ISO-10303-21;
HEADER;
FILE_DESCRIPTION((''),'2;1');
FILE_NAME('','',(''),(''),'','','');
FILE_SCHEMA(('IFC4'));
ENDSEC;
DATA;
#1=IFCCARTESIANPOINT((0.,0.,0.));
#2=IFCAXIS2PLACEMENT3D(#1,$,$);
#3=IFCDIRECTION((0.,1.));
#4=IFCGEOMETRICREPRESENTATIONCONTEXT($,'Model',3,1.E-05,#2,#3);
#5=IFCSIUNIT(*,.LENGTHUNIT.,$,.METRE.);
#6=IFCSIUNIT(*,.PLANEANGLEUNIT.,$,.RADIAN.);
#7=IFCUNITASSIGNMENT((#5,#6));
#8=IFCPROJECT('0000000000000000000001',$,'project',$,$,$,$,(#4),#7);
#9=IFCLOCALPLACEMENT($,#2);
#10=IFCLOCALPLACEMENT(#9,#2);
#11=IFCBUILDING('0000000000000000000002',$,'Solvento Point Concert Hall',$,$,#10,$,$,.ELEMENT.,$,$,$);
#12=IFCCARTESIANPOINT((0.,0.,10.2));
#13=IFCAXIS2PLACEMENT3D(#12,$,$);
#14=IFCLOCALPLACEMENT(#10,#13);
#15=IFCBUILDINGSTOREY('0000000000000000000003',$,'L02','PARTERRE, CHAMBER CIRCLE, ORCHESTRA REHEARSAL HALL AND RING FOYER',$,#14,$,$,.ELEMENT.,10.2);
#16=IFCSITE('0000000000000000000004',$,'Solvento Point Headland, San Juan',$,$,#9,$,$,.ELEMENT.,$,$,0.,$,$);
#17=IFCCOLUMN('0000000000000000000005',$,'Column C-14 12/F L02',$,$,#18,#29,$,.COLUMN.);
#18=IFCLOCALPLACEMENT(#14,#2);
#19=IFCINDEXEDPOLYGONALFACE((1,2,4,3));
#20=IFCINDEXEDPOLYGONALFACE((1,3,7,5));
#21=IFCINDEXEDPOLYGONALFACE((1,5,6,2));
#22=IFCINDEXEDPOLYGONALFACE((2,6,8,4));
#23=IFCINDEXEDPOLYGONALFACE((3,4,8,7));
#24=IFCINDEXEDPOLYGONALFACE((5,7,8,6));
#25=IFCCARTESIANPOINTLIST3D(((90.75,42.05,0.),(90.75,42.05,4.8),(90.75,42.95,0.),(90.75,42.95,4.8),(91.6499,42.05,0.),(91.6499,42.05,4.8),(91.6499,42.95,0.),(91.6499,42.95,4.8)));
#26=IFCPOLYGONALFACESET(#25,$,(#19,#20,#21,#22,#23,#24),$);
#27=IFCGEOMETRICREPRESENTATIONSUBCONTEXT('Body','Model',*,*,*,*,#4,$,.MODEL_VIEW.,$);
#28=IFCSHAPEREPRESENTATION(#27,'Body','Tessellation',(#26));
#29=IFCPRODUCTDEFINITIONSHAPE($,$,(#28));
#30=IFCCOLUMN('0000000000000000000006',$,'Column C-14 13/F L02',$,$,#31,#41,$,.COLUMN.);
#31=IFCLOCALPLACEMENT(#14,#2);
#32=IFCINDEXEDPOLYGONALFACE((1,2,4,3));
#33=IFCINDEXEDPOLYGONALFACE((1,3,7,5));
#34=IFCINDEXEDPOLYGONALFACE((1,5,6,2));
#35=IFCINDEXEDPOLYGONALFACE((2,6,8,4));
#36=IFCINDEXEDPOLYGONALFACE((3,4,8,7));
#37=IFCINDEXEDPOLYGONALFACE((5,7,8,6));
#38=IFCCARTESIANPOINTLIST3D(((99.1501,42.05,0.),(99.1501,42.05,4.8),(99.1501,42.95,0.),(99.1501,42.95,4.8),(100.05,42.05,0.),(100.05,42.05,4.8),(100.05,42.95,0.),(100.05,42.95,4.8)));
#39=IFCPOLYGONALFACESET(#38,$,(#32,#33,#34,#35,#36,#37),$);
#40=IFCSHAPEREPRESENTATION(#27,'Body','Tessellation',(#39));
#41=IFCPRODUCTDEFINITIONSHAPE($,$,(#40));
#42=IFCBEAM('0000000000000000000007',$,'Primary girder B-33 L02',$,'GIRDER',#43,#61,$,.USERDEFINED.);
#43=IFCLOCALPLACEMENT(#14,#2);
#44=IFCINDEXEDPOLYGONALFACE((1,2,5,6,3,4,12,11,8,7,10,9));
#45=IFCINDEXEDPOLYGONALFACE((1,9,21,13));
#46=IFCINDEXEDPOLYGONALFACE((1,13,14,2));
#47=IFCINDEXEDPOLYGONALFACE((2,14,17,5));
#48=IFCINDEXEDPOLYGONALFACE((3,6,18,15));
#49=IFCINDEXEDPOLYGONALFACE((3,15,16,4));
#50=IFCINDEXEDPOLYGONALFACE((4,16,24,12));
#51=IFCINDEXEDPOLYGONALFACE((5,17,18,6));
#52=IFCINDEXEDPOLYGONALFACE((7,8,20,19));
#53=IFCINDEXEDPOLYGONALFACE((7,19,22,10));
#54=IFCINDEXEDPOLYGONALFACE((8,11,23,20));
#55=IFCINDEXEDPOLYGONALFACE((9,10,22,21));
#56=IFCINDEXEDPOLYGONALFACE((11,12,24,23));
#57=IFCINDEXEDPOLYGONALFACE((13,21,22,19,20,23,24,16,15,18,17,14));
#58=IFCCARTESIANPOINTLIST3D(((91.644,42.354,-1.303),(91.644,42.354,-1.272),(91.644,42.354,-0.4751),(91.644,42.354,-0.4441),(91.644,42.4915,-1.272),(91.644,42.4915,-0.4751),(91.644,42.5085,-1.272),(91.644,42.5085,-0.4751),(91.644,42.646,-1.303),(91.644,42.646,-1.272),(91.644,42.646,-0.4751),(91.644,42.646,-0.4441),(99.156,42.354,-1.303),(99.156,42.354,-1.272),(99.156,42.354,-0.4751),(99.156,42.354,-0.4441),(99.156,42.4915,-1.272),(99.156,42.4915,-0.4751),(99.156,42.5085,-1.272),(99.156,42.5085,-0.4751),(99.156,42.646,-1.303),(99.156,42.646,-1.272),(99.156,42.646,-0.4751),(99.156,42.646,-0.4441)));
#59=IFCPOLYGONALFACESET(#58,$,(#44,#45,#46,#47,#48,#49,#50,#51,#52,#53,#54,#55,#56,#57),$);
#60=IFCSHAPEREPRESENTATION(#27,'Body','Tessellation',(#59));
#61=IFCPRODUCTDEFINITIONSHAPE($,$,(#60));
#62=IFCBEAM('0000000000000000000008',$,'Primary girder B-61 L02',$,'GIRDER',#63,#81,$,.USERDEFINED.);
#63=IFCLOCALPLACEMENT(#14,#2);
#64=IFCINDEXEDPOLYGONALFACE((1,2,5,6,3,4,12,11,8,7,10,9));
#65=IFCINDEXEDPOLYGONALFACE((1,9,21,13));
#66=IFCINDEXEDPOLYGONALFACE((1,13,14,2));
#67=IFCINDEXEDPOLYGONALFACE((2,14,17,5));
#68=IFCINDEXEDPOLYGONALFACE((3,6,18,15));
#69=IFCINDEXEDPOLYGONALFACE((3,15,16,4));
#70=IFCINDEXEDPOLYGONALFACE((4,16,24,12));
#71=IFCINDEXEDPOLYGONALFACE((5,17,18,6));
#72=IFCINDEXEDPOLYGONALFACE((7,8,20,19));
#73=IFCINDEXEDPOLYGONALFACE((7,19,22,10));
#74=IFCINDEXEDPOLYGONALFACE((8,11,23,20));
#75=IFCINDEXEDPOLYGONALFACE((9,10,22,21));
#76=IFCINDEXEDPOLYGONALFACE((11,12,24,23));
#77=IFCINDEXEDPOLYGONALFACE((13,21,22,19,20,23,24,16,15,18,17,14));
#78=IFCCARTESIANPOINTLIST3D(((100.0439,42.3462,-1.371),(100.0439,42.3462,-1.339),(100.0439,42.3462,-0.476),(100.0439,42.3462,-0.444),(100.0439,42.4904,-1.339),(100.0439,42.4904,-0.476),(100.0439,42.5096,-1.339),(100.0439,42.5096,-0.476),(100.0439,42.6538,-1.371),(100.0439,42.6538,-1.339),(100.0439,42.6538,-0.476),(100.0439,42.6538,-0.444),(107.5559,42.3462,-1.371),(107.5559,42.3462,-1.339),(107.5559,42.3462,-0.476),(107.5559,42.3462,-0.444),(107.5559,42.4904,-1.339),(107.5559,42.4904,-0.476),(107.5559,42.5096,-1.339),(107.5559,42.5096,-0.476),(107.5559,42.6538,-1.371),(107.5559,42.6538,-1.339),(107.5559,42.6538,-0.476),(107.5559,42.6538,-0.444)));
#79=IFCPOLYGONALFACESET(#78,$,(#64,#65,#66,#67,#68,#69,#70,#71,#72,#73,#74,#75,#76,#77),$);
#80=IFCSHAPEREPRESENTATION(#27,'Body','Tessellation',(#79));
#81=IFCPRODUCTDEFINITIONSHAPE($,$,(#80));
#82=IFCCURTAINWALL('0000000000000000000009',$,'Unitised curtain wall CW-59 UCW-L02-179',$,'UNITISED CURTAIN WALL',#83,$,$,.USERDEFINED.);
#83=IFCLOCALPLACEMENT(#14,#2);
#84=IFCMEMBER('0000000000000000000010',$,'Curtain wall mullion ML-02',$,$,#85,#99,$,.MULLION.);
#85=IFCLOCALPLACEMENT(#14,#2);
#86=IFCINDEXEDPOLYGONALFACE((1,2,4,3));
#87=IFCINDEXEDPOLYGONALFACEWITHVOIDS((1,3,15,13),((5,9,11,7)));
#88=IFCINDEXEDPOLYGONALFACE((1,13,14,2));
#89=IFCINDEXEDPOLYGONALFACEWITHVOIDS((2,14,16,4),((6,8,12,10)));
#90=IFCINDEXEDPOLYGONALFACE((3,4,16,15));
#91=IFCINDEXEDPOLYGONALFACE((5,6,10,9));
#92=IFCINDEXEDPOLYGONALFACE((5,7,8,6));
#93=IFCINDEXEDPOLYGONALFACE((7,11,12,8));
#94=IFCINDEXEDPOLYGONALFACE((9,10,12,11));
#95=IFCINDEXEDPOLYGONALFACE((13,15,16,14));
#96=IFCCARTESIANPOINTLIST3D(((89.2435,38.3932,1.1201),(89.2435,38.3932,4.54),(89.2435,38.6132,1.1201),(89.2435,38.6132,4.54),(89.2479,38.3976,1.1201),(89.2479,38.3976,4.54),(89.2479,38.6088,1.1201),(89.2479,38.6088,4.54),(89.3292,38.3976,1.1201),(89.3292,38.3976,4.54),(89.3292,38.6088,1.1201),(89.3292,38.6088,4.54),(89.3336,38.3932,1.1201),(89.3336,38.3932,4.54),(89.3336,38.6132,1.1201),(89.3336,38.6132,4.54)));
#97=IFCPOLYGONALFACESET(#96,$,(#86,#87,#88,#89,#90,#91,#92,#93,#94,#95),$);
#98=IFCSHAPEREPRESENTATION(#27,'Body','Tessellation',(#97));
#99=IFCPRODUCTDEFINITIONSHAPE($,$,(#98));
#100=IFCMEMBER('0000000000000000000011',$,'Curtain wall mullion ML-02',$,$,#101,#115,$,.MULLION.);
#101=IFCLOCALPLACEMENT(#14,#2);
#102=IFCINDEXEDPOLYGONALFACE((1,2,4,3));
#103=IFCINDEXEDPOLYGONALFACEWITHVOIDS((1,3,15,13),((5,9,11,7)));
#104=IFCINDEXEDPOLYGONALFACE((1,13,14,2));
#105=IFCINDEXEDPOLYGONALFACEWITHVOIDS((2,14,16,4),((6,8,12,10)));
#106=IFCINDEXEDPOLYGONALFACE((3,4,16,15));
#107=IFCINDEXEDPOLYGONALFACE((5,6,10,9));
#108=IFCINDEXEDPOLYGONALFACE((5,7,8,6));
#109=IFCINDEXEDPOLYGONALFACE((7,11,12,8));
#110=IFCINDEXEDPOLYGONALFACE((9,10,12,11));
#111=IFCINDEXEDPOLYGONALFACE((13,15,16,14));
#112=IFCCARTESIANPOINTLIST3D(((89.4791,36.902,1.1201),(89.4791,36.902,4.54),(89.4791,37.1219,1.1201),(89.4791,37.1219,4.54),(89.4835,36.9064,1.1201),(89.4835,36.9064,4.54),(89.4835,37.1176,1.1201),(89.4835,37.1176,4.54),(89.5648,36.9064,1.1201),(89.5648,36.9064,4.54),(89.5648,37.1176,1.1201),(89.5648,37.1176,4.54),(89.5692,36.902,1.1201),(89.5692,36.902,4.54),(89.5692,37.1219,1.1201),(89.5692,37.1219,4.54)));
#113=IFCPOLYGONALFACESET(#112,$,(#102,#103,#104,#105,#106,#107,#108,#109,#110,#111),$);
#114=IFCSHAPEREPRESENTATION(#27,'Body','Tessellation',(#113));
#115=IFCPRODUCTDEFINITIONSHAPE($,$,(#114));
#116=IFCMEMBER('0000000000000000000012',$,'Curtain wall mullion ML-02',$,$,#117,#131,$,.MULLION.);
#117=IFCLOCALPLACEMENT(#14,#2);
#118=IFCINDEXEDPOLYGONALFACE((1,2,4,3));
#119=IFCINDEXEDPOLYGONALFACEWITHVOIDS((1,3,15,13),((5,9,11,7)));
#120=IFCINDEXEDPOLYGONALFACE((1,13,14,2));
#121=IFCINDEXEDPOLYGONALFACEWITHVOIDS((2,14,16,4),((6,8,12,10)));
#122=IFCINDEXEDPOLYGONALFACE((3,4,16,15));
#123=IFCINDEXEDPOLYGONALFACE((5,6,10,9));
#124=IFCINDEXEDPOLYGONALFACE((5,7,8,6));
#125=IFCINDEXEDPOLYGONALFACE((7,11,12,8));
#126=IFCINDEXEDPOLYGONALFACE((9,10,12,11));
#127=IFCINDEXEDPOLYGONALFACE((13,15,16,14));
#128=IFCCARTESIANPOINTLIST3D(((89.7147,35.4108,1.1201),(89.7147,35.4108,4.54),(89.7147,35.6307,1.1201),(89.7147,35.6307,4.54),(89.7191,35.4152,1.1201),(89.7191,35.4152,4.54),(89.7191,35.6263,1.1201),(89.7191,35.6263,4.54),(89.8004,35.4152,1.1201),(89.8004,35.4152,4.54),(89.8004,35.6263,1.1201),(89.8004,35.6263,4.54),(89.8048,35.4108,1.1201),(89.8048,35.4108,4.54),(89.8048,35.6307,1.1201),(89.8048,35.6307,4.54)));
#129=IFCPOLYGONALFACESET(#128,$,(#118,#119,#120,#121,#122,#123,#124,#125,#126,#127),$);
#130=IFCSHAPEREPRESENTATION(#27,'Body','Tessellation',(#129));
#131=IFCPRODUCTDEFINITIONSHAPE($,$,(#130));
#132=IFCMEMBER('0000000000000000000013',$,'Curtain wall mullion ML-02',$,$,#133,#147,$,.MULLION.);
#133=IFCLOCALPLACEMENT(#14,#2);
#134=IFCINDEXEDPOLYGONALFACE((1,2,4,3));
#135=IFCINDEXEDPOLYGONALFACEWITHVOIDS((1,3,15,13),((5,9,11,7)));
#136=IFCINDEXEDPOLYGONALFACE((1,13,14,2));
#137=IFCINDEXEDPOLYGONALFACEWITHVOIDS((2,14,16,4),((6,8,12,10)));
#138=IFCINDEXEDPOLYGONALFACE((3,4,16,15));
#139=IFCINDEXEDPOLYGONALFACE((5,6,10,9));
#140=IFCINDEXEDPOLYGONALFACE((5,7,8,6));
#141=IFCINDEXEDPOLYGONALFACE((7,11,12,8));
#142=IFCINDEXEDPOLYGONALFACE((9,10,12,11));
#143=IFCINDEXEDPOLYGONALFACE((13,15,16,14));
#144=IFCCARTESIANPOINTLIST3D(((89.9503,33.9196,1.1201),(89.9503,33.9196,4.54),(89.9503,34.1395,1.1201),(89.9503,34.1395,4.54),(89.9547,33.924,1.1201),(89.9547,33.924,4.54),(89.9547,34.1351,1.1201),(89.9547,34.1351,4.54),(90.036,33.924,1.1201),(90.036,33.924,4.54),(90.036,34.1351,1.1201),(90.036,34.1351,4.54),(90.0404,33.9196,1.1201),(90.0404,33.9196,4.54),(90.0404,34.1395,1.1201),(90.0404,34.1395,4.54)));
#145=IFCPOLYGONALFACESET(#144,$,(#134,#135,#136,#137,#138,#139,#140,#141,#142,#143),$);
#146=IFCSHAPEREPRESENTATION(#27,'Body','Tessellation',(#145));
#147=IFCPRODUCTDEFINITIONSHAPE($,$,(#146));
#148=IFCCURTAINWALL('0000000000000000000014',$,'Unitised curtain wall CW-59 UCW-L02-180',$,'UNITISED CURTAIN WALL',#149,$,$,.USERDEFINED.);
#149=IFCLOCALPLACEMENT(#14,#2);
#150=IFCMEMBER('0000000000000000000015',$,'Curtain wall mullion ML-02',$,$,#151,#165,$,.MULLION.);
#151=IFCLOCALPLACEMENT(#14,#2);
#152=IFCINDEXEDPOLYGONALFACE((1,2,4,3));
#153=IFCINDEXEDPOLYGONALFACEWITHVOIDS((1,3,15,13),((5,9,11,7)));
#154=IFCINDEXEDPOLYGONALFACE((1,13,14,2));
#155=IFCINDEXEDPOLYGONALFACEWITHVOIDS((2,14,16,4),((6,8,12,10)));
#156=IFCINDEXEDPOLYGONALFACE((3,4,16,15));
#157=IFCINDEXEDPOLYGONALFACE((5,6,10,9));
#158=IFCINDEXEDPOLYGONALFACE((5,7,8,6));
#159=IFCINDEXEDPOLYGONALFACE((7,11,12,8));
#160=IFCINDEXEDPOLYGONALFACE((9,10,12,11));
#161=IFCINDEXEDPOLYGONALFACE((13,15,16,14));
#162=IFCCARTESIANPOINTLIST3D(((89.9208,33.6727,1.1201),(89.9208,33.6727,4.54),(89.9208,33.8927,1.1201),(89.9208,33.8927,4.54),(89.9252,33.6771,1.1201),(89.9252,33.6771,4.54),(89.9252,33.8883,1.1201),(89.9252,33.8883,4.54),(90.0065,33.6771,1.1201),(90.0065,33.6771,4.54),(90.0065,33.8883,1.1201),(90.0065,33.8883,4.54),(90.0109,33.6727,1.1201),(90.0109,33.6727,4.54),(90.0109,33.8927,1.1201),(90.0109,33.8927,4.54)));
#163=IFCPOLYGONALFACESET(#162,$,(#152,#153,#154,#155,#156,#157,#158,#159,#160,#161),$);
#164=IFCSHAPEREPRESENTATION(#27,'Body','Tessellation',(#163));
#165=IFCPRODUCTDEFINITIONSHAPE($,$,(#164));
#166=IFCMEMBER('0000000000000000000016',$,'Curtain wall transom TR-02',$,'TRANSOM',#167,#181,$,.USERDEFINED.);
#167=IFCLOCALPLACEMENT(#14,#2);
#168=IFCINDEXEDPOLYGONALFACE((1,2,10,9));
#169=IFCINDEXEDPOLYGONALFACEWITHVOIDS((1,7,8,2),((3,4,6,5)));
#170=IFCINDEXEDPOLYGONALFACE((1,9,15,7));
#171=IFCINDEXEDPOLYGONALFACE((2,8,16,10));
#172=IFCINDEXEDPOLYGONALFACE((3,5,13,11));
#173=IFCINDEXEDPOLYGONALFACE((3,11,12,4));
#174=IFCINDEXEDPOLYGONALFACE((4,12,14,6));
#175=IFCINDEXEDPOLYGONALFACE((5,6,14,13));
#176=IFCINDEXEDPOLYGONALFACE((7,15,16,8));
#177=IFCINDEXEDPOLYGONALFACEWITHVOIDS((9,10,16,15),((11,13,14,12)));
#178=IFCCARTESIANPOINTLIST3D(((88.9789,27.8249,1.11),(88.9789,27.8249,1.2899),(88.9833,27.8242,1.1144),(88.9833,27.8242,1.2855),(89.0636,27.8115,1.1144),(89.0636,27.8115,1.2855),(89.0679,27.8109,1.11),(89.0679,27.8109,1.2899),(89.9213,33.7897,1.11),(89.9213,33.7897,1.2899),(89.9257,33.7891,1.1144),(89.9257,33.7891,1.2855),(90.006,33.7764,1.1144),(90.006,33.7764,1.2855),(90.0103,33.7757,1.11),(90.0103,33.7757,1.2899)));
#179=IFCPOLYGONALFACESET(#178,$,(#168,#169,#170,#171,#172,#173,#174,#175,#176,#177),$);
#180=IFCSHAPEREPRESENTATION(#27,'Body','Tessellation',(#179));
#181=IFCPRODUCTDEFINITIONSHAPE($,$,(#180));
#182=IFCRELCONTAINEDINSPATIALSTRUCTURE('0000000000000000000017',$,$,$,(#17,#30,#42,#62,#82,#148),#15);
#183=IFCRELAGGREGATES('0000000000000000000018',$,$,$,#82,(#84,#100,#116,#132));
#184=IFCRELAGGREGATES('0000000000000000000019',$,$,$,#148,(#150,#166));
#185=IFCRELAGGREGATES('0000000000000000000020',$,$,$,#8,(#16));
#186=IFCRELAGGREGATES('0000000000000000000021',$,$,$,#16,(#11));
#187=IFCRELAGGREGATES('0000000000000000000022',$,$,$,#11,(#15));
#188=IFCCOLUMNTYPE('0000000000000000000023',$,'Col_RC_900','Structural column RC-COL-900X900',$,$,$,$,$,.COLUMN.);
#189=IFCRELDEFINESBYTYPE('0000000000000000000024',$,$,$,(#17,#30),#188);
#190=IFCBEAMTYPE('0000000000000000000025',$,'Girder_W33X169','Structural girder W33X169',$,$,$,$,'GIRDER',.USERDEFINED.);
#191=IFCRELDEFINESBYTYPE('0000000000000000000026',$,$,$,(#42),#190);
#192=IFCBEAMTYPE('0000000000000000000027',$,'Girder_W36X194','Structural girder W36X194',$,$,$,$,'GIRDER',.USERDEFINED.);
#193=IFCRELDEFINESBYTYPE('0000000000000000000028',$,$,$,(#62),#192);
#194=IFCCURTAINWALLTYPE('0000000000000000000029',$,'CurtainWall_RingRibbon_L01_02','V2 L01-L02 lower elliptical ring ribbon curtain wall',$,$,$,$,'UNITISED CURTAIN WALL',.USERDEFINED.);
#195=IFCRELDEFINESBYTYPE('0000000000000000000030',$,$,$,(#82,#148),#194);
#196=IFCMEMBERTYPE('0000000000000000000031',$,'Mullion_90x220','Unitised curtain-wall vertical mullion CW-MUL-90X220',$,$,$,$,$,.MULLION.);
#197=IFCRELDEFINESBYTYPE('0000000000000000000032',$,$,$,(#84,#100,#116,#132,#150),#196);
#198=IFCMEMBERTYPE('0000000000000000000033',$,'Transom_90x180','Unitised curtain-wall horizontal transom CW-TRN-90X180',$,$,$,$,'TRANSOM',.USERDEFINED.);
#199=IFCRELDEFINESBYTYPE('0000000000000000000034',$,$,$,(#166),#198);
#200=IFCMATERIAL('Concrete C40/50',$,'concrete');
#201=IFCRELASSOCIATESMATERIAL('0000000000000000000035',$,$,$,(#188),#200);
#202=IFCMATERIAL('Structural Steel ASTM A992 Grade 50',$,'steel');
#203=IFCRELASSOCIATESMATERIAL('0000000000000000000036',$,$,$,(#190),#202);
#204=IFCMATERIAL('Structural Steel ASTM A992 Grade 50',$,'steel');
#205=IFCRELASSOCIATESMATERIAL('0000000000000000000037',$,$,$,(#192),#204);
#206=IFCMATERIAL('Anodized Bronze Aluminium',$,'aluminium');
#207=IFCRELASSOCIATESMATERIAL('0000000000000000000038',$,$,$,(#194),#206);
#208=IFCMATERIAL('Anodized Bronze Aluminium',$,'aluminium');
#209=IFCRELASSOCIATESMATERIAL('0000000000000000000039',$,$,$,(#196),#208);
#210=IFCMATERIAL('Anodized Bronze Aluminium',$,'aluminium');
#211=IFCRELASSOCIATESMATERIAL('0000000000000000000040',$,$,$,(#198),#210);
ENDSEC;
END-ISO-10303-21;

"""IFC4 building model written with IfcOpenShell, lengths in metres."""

from ifc_helpers import new_model, si_unit, direction, frame, origin, origin_2d, place, context, subcontext, project, spatial, rectangle, hollow_rectangle, i_section, extrude, material, material_profile, profile_set, type_object, element, aggregate, save


model = new_model("IFC4")

# Units and contexts
model_context = context("Model", 3, precision=1e-05, world=origin(), true_north=direction((0.0, 1.0)))
body_context = subcontext(model_context, "Body", "Model", "MODEL_VIEW")
ifc_project = project(units=[si_unit("LENGTHUNIT", "METRE"), si_unit("PLANEANGLEUNIT", "RADIAN")], contexts=[model_context])

# Site, building, storey
site_placement = place(None, origin())
site = spatial("IfcSite", under=ifc_project, at=site_placement, Name="Solvento Point Headland, San Juan", CompositionType="ELEMENT", RefElevation=0.0)
building_placement = place(site_placement, origin())
building = spatial("IfcBuilding", under=site, at=building_placement, Name="Solvento Point Concert Hall", CompositionType="ELEMENT")
storey_placement = place(building_placement, frame((0.0, 0.0, 10.2)))
storey = spatial("IfcBuildingStorey", under=building, at=storey_placement, Name="L02", Description="PARTERRE, CHAMBER CIRCLE, ORCHESTRA REHEARSAL HALL AND RING FOYER", CompositionType="ELEMENT", Elevation=10.2)

# Columns
ifc_material_1 = material(Name="Concrete C40/50", Category="concrete")
ifc_material_profile_1 = material_profile(ifc_material_1, rectangle(XDim=0.8999, YDim=0.8999, at=origin_2d()), Name="RC-COL-900X900")
ifc_profile_set_1 = profile_set([ifc_material_profile_1], Name="Concrete C40/50")
column_type = type_object("IfcColumnType", Name="Col_RC_900", Description="Structural column RC-COL-900X900", PredefinedType="COLUMN", material=ifc_profile_set_1)
for number, where, z_axis, x_axis, name in (
    (1, (91.2, 42.5, 0.0), (0.0, 0.0, 1.0), (1.0, 0.0, 0.0), "Column C-14 12/F L02"),
    (2, (99.6001, 42.5, 0.0), (0.0, 0.0, 1.0), (1.0, 0.0, 0.0), "Column C-14 13/F L02"),
):
    element("IfcColumn", number, at=place(storey_placement, frame(where, z_axis=z_axis, x_axis=x_axis)), inside=storey, type_object=column_type, Name=name, PredefinedType="COLUMN", context=body_context, shape_type="SweptSolid", body=[
        extrude(rectangle(XDim=0.8999, YDim=0.8999, at=origin_2d()), origin(), (0.0, 0.0, 1.0), 4.8),
    ])

# Beams
ifc_material_2 = material(Name="Structural Steel ASTM A992 Grade 50", Category="steel")
ifc_material_profile_2 = material_profile(ifc_material_2, i_section(OverallWidth=0.292, OverallDepth=0.8589, WebThickness=0.0171, FlangeThickness=0.031, at=origin_2d()), Name="W33X169")
ifc_profile_set_2 = profile_set([ifc_material_profile_2], Name="Structural Steel ASTM A992 Grade 50")
beam_type_1 = type_object("IfcBeamType", Name="Girder_W33X169", Description="Structural girder W33X169", ElementType="GIRDER", PredefinedType="USERDEFINED", material=ifc_profile_set_2)
beam_1_placement = place(storey_placement, frame((91.644, 42.5, -0.8735), z_axis=(1.0, 0.0, 0.0), x_axis=(0.0, 1.0, 0.0)))
element("IfcBeam", 3, at=beam_1_placement, inside=storey, type_object=beam_type_1, Name="Primary girder B-33 L02", ObjectType="GIRDER", PredefinedType="USERDEFINED", context=body_context, shape_type="SweptSolid", body=[
    extrude(i_section(OverallWidth=0.292, OverallDepth=0.8589, WebThickness=0.0171, FlangeThickness=0.031, at=origin_2d()), origin(), (0.0, 0.0, 1.0), 7.512),
])
ifc_material_3 = material(Name="Structural Steel ASTM A992 Grade 50", Category="steel")
ifc_material_profile_3 = material_profile(ifc_material_3, i_section(OverallWidth=0.3076, OverallDepth=0.927, WebThickness=0.0193, FlangeThickness=0.032, at=origin_2d()), Name="W36X194")
ifc_profile_set_3 = profile_set([ifc_material_profile_3], Name="Structural Steel ASTM A992 Grade 50")
beam_type_2 = type_object("IfcBeamType", Name="Girder_W36X194", Description="Structural girder W36X194", ElementType="GIRDER", PredefinedType="USERDEFINED", material=ifc_profile_set_3)
beam_2_placement = place(storey_placement, frame((100.0439, 42.5, -0.9075), z_axis=(1.0, 0.0, 0.0), x_axis=(0.0, 1.0, 0.0)))
element("IfcBeam", 4, at=beam_2_placement, inside=storey, type_object=beam_type_2, Name="Primary girder B-61 L02", ObjectType="GIRDER", PredefinedType="USERDEFINED", context=body_context, shape_type="SweptSolid", body=[
    extrude(i_section(OverallWidth=0.3076, OverallDepth=0.927, WebThickness=0.0193, FlangeThickness=0.032, at=origin_2d()), origin(), (0.0, 0.0, 1.0), 7.512),
])

# Curtain walls, members
ifc_material_4 = material(Name="Anodized Bronze Aluminium", Category="aluminium")
curtain_wall_type = type_object("IfcCurtainWallType", Name="CurtainWall_RingRibbon_L01_02", Description="V2 L01-L02 lower elliptical ring ribbon curtain wall", ElementType="UNITISED CURTAIN WALL", PredefinedType="USERDEFINED", material=ifc_material_4)
curtain_wall_1_placement = place(storey_placement, origin())
curtain_wall_1 = element("IfcCurtainWall", 5, at=curtain_wall_1_placement, inside=storey, type_object=curtain_wall_type, Name="Unitised curtain wall CW-59 UCW-L02-179", ObjectType="UNITISED CURTAIN WALL", PredefinedType="USERDEFINED")
ifc_material_5 = material(Name="Anodized Bronze Aluminium", Category="aluminium")
ifc_material_profile_4 = material_profile(ifc_material_5, hollow_rectangle(XDim=0.0901, YDim=0.22, WallThickness=0.0044, at=origin_2d()), Name="CW-MUL-90X220")
ifc_profile_set_4 = profile_set([ifc_material_profile_4], Name="Anodized Bronze Aluminium")
member_type_1 = type_object("IfcMemberType", Name="Mullion_90x220", Description="Unitised curtain-wall vertical mullion CW-MUL-90X220", PredefinedType="MULLION", material=ifc_profile_set_4)
member_1_placement = place(storey_placement, frame((89.2886, 38.5032, 1.1201), z_axis=(0.0, 0.0, 1.0), x_axis=(1.0, 0.0, 0.0)))
member_1 = element("IfcMember", 6, at=member_1_placement, type_object=member_type_1, Name="Curtain wall mullion ML-02", PredefinedType="MULLION", context=body_context, shape_type="SweptSolid", body=[
    extrude(hollow_rectangle(XDim=0.0901, YDim=0.22, WallThickness=0.0044, at=origin_2d()), origin(), (0.0, 0.0, 1.0), 3.4199),
])
member_2_placement = place(storey_placement, frame((89.5242, 37.012, 1.1201), z_axis=(0.0, 0.0, 1.0), x_axis=(1.0, 0.0, 0.0)))
member_2 = element("IfcMember", 7, at=member_2_placement, type_object=member_type_1, Name="Curtain wall mullion ML-02", PredefinedType="MULLION", context=body_context, shape_type="SweptSolid", body=[
    extrude(hollow_rectangle(XDim=0.0901, YDim=0.22, WallThickness=0.0044, at=origin_2d()), origin(), (0.0, 0.0, 1.0), 3.4199),
])
member_3_placement = place(storey_placement, frame((89.7598, 35.5208, 1.1201), z_axis=(0.0, 0.0, 1.0), x_axis=(1.0, 0.0, 0.0)))
member_3 = element("IfcMember", 8, at=member_3_placement, type_object=member_type_1, Name="Curtain wall mullion ML-02", PredefinedType="MULLION", context=body_context, shape_type="SweptSolid", body=[
    extrude(hollow_rectangle(XDim=0.0901, YDim=0.22, WallThickness=0.0044, at=origin_2d()), origin(), (0.0, 0.0, 1.0), 3.4199),
])
member_4_placement = place(storey_placement, frame((89.9954, 34.0295, 1.1201), z_axis=(0.0, 0.0, 1.0), x_axis=(1.0, 0.0, 0.0)))
member_4 = element("IfcMember", 9, at=member_4_placement, type_object=member_type_1, Name="Curtain wall mullion ML-02", PredefinedType="MULLION", context=body_context, shape_type="SweptSolid", body=[
    extrude(hollow_rectangle(XDim=0.0901, YDim=0.22, WallThickness=0.0044, at=origin_2d()), origin(), (0.0, 0.0, 1.0), 3.4199),
])
curtain_wall_2_placement = place(storey_placement, origin())
curtain_wall_2 = element("IfcCurtainWall", 10, at=curtain_wall_2_placement, inside=storey, type_object=curtain_wall_type, Name="Unitised curtain wall CW-59 UCW-L02-180", ObjectType="UNITISED CURTAIN WALL", PredefinedType="USERDEFINED")
member_5_placement = place(storey_placement, frame((89.9658, 33.7827, 1.1201), z_axis=(0.0, 0.0, 1.0), x_axis=(1.0, 0.0, 0.0)))
member_5 = element("IfcMember", 11, at=member_5_placement, type_object=member_type_1, Name="Curtain wall mullion ML-02", PredefinedType="MULLION", context=body_context, shape_type="SweptSolid", body=[
    extrude(hollow_rectangle(XDim=0.0901, YDim=0.22, WallThickness=0.0044, at=origin_2d()), origin(), (0.0, 0.0, 1.0), 3.4199),
])
ifc_material_6 = material(Name="Anodized Bronze Aluminium", Category="aluminium")
ifc_material_profile_5 = material_profile(ifc_material_6, hollow_rectangle(XDim=0.0901, YDim=0.1799, WallThickness=0.0044, at=origin_2d()), Name="CW-TRN-90X180")
ifc_profile_set_5 = profile_set([ifc_material_profile_5], Name="Anodized Bronze Aluminium")
member_type_2 = type_object("IfcMemberType", Name="Transom_90x180", Description="Unitised curtain-wall horizontal transom CW-TRN-90X180", ElementType="TRANSOM", PredefinedType="USERDEFINED", material=ifc_profile_set_5)
member_6_placement = place(storey_placement, frame((89.9658, 33.7827, 1.2), z_axis=(-0.156054, -0.987749, 0.0), x_axis=(0.987749, -0.156054, 0.0)))
member_6 = element("IfcMember", 12, at=member_6_placement, type_object=member_type_2, Name="Curtain wall transom TR-02", ObjectType="TRANSOM", PredefinedType="USERDEFINED", context=body_context, shape_type="SweptSolid", body=[
    extrude(hollow_rectangle(XDim=0.0901, YDim=0.1799, WallThickness=0.0044, at=origin_2d()), origin(), (0.0, 0.0, 1.0), 6.0388),
])

aggregate(curtain_wall_1, [member_1, member_2, member_3, member_4])
aggregate(curtain_wall_2, [member_5, member_6])

save(model, "model.ifc")
